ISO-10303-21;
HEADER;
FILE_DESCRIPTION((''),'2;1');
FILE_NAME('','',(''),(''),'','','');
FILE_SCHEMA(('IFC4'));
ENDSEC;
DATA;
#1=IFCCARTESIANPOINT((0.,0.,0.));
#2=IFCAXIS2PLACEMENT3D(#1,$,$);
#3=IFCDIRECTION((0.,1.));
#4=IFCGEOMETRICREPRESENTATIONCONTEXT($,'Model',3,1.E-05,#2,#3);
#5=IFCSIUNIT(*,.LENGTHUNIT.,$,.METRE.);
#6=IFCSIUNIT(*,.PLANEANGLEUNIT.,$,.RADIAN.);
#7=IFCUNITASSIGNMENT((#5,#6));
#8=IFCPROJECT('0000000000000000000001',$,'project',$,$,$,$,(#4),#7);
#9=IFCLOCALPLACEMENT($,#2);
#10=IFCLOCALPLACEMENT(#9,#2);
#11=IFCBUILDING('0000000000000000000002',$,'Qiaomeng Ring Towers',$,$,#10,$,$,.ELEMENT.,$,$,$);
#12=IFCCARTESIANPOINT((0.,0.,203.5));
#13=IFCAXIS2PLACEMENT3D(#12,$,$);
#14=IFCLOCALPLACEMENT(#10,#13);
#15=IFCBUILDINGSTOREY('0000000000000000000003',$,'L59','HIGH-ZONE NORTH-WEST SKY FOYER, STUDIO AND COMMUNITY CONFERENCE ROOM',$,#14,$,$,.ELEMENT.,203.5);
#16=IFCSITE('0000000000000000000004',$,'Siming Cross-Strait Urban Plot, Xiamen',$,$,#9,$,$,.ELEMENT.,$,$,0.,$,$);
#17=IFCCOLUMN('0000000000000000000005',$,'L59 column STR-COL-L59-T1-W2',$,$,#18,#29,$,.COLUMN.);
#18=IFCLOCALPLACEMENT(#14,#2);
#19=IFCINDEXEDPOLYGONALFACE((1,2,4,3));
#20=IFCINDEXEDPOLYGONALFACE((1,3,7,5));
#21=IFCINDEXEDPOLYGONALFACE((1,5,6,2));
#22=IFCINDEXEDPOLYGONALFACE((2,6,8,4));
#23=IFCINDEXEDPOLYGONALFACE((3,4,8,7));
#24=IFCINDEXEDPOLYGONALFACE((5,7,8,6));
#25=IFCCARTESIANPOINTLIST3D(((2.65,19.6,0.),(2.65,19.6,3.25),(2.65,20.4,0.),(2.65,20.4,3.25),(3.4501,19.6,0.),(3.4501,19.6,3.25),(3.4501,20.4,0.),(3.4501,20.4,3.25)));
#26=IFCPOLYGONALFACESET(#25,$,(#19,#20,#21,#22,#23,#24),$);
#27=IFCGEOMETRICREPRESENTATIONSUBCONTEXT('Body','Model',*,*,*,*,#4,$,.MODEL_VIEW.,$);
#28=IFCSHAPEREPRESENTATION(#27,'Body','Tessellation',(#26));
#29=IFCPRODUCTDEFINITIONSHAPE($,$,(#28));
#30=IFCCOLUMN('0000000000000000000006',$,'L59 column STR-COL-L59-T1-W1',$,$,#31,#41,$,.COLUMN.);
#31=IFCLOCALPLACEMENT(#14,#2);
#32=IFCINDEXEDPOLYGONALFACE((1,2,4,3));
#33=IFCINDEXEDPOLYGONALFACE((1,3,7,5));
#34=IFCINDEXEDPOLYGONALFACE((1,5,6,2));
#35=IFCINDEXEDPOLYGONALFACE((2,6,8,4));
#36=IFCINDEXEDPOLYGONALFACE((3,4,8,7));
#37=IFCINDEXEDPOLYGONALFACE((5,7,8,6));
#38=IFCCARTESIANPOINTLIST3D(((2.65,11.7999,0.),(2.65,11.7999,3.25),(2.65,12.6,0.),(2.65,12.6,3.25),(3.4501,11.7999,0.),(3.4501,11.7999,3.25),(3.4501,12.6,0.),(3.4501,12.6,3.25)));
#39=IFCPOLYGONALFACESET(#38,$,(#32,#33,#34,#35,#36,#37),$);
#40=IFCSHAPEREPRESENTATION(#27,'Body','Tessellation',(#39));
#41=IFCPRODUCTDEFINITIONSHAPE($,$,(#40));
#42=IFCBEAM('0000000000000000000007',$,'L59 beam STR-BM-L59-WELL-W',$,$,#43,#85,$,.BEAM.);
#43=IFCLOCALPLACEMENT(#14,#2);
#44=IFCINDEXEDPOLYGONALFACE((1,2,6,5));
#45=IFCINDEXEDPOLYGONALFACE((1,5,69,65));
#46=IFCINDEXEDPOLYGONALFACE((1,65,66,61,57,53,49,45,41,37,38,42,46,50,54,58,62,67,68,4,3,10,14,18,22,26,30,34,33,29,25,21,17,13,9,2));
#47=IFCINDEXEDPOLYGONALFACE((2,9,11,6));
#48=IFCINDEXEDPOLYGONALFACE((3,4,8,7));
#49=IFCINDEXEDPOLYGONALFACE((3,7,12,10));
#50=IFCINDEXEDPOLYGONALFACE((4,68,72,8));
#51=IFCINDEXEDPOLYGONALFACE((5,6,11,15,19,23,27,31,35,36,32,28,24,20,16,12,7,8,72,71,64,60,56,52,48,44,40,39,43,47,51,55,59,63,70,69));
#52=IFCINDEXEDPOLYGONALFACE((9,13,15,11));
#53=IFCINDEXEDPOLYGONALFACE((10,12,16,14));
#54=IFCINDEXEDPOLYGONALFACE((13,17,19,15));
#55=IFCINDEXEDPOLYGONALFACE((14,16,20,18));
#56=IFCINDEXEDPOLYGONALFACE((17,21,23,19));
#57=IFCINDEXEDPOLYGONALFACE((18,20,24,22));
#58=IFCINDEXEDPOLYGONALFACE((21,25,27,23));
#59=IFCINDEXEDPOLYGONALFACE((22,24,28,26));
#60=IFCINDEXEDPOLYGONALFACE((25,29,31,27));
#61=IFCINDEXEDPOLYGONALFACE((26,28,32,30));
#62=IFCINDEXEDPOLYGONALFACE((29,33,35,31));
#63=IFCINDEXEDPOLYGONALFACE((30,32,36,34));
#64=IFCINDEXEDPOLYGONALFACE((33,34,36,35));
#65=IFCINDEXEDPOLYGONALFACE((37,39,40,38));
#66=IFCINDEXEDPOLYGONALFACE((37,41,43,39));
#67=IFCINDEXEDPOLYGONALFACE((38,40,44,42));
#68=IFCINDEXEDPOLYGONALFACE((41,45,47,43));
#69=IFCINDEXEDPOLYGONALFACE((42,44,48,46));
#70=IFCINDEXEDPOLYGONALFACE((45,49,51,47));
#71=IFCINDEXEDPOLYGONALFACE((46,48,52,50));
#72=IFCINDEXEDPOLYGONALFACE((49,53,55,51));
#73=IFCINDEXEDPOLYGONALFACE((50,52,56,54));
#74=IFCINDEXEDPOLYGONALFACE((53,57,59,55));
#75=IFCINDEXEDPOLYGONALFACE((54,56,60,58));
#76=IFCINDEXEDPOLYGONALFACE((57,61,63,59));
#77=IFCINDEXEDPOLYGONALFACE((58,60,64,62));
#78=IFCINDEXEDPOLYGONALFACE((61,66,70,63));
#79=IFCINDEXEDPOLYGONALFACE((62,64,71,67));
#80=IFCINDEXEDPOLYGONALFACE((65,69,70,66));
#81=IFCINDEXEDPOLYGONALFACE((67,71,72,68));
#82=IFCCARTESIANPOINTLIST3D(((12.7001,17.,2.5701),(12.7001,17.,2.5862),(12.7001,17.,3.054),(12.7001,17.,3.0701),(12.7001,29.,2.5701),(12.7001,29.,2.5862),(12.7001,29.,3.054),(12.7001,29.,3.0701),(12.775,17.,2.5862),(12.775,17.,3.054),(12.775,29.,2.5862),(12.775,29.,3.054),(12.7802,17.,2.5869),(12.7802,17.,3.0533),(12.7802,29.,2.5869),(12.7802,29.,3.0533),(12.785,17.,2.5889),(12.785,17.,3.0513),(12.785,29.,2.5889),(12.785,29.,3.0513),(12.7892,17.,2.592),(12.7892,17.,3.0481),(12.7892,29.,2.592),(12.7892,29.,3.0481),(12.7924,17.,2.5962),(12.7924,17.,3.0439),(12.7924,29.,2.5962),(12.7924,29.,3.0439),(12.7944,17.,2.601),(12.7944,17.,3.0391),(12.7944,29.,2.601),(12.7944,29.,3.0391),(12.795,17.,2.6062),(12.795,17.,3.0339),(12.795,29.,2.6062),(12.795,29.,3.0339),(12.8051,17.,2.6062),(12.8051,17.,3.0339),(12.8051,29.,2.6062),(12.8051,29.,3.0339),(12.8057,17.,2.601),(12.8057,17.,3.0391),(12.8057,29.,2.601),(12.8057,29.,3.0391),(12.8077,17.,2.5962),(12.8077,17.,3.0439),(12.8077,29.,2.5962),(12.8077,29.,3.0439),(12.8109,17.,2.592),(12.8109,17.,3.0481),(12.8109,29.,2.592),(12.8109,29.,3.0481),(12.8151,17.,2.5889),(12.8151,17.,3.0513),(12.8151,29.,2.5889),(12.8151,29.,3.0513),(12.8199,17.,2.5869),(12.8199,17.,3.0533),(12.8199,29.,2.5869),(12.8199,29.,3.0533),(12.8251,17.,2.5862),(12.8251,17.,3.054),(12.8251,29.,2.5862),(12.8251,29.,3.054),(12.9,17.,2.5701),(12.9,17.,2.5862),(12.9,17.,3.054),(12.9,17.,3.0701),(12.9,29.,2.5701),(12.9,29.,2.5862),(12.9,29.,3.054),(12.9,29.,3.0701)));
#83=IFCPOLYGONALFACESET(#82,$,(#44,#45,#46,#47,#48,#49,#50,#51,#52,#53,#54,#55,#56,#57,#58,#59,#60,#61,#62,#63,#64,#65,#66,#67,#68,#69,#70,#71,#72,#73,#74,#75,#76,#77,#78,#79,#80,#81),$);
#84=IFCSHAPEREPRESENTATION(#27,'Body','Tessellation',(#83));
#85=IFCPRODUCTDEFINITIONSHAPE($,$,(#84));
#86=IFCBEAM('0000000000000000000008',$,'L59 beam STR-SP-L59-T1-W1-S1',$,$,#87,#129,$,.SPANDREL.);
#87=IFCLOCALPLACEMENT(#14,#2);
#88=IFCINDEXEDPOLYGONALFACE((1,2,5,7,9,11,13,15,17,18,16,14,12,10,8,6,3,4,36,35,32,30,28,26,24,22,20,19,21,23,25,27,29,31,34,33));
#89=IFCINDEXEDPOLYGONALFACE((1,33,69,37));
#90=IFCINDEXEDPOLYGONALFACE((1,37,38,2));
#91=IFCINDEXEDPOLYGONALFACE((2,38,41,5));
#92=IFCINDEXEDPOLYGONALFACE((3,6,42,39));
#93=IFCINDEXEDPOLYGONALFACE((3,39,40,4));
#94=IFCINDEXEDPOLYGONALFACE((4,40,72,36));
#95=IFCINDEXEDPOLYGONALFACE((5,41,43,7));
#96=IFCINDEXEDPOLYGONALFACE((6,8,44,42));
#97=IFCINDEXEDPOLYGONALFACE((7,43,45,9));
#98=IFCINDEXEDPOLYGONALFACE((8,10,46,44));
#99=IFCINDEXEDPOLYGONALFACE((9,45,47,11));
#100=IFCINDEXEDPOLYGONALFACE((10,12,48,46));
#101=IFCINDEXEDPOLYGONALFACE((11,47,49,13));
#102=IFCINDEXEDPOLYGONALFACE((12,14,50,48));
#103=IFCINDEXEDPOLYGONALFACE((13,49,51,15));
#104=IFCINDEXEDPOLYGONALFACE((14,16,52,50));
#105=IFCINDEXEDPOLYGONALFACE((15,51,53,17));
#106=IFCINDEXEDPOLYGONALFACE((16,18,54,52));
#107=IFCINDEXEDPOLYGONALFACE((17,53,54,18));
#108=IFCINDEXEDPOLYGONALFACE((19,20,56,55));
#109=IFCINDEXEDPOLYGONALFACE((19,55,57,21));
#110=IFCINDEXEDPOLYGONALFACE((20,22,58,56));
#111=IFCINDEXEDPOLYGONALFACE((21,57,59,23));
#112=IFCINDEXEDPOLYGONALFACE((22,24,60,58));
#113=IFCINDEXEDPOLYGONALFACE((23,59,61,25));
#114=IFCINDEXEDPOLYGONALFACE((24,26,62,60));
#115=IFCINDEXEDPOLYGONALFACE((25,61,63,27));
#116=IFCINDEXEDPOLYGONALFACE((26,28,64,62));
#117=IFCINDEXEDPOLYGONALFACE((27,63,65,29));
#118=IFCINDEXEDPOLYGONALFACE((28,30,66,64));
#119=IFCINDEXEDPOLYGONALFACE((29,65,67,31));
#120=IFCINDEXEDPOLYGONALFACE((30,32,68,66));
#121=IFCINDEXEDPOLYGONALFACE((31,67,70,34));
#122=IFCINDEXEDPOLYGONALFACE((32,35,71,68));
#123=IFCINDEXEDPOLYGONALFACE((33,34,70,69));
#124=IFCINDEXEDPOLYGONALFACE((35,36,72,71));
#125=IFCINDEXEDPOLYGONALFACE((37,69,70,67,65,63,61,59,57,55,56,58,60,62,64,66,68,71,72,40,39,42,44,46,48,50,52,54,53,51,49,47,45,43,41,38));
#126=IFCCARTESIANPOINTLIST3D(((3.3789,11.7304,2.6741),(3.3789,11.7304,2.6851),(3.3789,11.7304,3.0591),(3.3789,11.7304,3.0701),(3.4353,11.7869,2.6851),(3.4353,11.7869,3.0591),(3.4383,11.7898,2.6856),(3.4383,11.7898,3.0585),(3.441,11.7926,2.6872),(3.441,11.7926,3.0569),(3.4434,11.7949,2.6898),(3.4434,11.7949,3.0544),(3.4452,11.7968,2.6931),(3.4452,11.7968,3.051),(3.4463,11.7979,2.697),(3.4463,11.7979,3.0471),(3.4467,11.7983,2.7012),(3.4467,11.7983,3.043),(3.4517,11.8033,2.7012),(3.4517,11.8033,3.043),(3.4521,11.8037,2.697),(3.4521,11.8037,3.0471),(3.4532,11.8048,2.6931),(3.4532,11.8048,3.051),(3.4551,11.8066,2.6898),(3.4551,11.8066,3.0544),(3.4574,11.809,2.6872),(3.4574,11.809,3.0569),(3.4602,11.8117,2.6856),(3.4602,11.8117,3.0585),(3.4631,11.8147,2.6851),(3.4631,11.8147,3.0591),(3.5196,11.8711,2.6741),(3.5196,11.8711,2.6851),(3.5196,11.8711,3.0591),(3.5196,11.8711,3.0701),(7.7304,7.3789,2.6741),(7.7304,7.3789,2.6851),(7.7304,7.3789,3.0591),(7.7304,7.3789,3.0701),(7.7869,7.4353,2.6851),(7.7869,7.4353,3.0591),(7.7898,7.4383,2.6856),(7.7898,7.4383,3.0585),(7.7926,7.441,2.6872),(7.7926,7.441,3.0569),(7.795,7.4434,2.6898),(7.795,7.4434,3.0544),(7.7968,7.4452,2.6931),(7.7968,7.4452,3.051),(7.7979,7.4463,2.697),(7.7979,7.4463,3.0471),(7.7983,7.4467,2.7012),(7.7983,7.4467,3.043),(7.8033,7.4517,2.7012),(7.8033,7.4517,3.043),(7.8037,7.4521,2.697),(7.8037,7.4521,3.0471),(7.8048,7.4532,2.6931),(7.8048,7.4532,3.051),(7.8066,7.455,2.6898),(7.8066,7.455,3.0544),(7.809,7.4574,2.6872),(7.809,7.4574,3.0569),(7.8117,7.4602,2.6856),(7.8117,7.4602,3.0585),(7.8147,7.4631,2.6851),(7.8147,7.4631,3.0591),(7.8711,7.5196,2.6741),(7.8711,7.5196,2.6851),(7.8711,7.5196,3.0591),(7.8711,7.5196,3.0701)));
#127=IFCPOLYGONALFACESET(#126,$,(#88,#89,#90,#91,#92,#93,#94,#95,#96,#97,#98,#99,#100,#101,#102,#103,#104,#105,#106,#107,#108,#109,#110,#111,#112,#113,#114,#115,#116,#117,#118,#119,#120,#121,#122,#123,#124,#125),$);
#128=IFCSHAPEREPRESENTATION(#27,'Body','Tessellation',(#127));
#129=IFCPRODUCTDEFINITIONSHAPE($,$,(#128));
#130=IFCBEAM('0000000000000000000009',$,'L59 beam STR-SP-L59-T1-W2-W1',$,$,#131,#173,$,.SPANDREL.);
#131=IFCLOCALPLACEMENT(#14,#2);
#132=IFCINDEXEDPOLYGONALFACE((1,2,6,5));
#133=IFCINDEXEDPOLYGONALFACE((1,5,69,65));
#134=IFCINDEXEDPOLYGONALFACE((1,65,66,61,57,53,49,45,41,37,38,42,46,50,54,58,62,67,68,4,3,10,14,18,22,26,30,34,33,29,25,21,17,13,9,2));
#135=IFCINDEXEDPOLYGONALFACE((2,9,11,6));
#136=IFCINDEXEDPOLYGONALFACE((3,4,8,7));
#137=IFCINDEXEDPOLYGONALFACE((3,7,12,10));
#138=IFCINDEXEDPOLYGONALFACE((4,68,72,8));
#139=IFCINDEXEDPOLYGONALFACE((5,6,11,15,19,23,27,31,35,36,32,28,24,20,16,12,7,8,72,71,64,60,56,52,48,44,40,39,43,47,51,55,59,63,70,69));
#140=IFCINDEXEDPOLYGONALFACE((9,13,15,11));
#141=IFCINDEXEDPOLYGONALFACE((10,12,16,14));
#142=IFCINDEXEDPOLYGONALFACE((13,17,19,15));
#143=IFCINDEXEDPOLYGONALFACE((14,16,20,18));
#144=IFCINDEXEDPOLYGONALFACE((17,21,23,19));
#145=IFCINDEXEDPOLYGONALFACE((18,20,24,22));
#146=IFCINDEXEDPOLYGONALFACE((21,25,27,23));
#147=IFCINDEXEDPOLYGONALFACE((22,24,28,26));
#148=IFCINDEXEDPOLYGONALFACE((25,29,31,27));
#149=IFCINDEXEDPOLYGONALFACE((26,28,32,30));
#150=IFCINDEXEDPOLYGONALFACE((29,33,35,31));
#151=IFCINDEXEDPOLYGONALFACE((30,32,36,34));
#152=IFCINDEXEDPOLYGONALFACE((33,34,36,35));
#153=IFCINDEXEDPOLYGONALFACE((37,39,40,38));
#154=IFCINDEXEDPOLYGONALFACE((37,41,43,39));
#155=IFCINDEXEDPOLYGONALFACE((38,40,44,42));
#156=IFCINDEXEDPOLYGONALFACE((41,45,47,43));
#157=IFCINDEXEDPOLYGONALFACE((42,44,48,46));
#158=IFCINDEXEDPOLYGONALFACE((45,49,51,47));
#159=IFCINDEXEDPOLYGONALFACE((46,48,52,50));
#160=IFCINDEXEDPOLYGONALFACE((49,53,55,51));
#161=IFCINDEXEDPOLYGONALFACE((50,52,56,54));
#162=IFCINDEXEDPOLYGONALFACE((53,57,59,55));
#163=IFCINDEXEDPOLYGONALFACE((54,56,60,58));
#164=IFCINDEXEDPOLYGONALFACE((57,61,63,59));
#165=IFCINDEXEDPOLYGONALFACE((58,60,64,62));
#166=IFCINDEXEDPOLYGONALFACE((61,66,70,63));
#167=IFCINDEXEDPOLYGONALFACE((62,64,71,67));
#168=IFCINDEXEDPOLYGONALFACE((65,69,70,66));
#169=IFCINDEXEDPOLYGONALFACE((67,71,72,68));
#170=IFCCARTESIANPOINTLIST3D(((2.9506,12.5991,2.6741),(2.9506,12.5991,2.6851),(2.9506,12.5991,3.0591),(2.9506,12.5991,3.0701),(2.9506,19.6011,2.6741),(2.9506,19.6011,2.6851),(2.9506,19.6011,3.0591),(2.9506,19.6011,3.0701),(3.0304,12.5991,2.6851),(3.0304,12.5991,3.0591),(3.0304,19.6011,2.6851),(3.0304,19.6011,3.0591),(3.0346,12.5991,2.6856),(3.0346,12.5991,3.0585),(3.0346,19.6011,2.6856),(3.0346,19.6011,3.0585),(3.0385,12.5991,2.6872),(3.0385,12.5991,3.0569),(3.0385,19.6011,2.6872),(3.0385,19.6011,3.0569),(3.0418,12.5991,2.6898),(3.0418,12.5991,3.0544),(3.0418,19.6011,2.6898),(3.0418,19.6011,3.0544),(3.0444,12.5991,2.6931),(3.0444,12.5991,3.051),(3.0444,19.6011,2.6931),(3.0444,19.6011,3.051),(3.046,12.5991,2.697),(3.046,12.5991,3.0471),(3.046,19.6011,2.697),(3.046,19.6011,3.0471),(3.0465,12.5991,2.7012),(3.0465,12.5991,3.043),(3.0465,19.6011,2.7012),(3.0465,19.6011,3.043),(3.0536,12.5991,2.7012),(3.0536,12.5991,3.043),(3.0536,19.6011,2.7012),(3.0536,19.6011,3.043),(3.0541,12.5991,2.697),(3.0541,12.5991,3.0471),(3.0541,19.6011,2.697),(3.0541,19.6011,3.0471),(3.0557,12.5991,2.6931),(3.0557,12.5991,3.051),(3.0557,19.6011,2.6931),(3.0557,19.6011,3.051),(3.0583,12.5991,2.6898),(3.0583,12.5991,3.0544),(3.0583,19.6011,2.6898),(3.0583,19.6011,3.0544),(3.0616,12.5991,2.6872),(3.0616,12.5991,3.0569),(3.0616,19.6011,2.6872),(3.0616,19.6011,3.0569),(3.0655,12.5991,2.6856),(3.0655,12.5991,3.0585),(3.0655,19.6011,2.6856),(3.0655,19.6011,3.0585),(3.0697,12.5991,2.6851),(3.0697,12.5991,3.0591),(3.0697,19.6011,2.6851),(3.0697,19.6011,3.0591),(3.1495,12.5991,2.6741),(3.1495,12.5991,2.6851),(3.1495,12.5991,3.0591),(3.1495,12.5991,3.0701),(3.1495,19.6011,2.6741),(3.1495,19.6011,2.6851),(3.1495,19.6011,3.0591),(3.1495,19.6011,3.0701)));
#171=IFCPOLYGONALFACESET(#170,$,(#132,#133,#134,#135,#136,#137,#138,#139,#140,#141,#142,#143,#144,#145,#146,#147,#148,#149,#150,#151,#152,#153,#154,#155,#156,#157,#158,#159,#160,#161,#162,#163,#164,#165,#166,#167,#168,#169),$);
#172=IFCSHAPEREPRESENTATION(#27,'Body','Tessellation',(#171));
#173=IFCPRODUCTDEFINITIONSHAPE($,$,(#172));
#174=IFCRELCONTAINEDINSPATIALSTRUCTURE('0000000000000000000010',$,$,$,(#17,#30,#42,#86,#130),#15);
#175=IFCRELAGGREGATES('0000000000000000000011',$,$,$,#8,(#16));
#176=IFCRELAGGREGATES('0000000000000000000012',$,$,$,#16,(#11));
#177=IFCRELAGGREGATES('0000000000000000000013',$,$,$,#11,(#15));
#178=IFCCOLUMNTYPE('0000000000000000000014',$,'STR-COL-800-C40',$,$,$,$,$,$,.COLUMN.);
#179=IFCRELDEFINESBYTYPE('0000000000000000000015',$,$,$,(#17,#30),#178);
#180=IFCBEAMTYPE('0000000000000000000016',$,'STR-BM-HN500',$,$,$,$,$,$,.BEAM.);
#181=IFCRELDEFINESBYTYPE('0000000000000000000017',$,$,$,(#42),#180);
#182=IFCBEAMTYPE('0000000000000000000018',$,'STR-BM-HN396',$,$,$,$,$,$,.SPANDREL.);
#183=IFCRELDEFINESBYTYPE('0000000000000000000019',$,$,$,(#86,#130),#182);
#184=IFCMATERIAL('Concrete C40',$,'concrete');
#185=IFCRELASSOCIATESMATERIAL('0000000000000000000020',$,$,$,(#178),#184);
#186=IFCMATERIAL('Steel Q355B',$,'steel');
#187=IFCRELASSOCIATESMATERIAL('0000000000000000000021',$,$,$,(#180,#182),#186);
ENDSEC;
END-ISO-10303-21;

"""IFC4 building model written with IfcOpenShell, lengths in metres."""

from ifc_helpers import new_model, si_unit, direction, frame, origin, origin_2d, place, context, subcontext, project, spatial, rectangle, i_section, extrude, source, transform, mapped, material, material_profile, profile_set, type_object, element, save


model = new_model("IFC4")

# Units and contexts
model_context = context("Model", 3, precision=1e-05, world=origin(), true_north=direction((0.0, 1.0)))
body_context = subcontext(model_context, "Body", "Model", "MODEL_VIEW")
ifc_project = project(units=[si_unit("LENGTHUNIT", "METRE"), si_unit("PLANEANGLEUNIT", "RADIAN")], contexts=[model_context])

# Site, building, storey
site_placement = place(None, origin())
site = spatial("IfcSite", under=ifc_project, at=site_placement, Name="Siming Cross-Strait Urban Plot, Xiamen", CompositionType="ELEMENT", RefElevation=0.0)
building_placement = place(site_placement, origin())
building = spatial("IfcBuilding", under=site, at=building_placement, Name="Qiaomeng Ring Towers", CompositionType="ELEMENT")
storey_placement = place(building_placement, frame((0.0, 0.0, 203.5)))
storey = spatial("IfcBuildingStorey", under=building, at=storey_placement, Name="L59", Description="HIGH-ZONE NORTH-WEST SKY FOYER, STUDIO AND COMMUNITY CONFERENCE ROOM", CompositionType="ELEMENT", Elevation=203.5)

# Columns
ifc_material_1 = material(Name="Concrete C40", Category="concrete")
ifc_material_profile_1 = material_profile(ifc_material_1, rectangle(XDim=0.8, YDim=0.8, at=origin_2d()), Name="RC COL 800x800")
ifc_profile_set_1 = profile_set([ifc_material_profile_1], Name="Concrete C40")
column_type = type_object("IfcColumnType", Name="STR-COL-800-C40", PredefinedType="COLUMN", material=ifc_profile_set_1)
shared_shape_1 = source(origin(), body_context, "Body", "SweptSolid", [
    extrude(rectangle(XDim=0.8, YDim=0.8, at=origin_2d()), origin(), (0.0, 0.0, 1.0), 3.25),
])
for number, where, z_axis, x_axis, name in (
    (1, (3.05, 20.0, 0.0), (0.0, 0.0, 1.0), (1.0, 0.0, 0.0), "L59 column STR-COL-L59-T1-W2"),
    (2, (3.05, 12.2, 0.0), (0.0, 0.0, 1.0), (1.0, 0.0, 0.0), "L59 column STR-COL-L59-T1-W1"),
):
    element("IfcColumn", number, at=place(storey_placement, frame(where, z_axis=z_axis, x_axis=x_axis)), inside=storey, type_object=column_type, Name=name, PredefinedType="COLUMN", context=body_context, shape_type="MappedRepresentation", body=[
        mapped(shared_shape_1, transform((0.0, 0.0, 0.0), x_axis=(1.0, 0.0, 0.0), y_axis=(0.0, 1.0, 0.0), z_axis=(0.0, 0.0, 1.0), scale=1.0)),
    ])

# Beams
ifc_material_2 = material(Name="Steel Q355B", Category="steel")
ifc_material_profile_2 = material_profile(ifc_material_2, i_section(OverallWidth=0.2, OverallDepth=0.5, WebThickness=0.01, FlangeThickness=0.0161, FilletRadius=0.02, at=origin_2d()), Name="HN 500x200x10x16")
ifc_profile_set_2 = profile_set([ifc_material_profile_2], Name="Steel Q355B")
beam_type_1 = type_object("IfcBeamType", Name="STR-BM-HN500", PredefinedType="BEAM", material=ifc_profile_set_2)
shared_shape_2 = source(origin(), body_context, "Body", "SweptSolid", [
    extrude(i_section(OverallWidth=0.2, OverallDepth=0.5, WebThickness=0.01, FlangeThickness=0.0161, FilletRadius=0.02, at=origin_2d()), origin(), (0.0, 0.0, 1.0), 12.0),
])
beam_1_placement = place(storey_placement, frame((12.8, 17.0, 2.8201), z_axis=(0.0, 1.0, 0.0), x_axis=(-1.0, 0.0, 0.0)))
element("IfcBeam", 3, at=beam_1_placement, inside=storey, type_object=beam_type_1, Name="L59 beam STR-BM-L59-WELL-W", PredefinedType="BEAM", context=body_context, shape_type="MappedRepresentation", body=[
    mapped(shared_shape_2, transform((0.0, 0.0, 0.0), x_axis=(1.0, 0.0, 0.0), y_axis=(0.0, 1.0, 0.0), z_axis=(0.0, 0.0, 1.0), scale=1.0)),
])
ifc_material_profile_3 = material_profile(ifc_material_2, i_section(OverallWidth=0.199, OverallDepth=0.396, WebThickness=0.0071, FlangeThickness=0.011, FilletRadius=0.0161, at=origin_2d()), Name="HN 396x199x7x11")
ifc_profile_set_3 = profile_set([ifc_material_profile_3], Name="Steel Q355B")
beam_type_2 = type_object("IfcBeamType", Name="STR-BM-HN396", PredefinedType="SPANDREL", material=ifc_profile_set_3)
shared_shape_3 = source(origin(), body_context, "Body", "SweptSolid", [
    extrude(i_section(OverallWidth=0.199, OverallDepth=0.396, WebThickness=0.0071, FlangeThickness=0.011, FilletRadius=0.0161, at=origin_2d()), origin(), (0.0, 0.0, 1.0), 6.1541),
])
beam_2_placement = place(storey_placement, frame((3.4492, 11.8008, 2.8721), z_axis=(0.707107, -0.707107, 0.0), x_axis=(0.707107, 0.707107, 0.0)))
element("IfcBeam", 4, at=beam_2_placement, inside=storey, type_object=beam_type_2, Name="L59 beam STR-SP-L59-T1-W1-S1", PredefinedType="SPANDREL", context=body_context, shape_type="MappedRepresentation", body=[
    mapped(shared_shape_3, transform((0.0, 0.0, 0.0), x_axis=(1.0, 0.0, 0.0), y_axis=(0.0, 1.0, 0.0), z_axis=(0.0, 0.0, 1.0), scale=1.0)),
])
shared_shape_4 = source(origin(), body_context, "Body", "SweptSolid", [
    extrude(i_section(OverallWidth=0.199, OverallDepth=0.396, WebThickness=0.0071, FlangeThickness=0.011, FilletRadius=0.0161, at=origin_2d()), origin(), (0.0, 0.0, 1.0), 7.002),
])
beam_3_placement = place(storey_placement, frame((3.05, 19.6011, 2.8721), z_axis=(0.0, -1.0, 0.0), x_axis=(1.0, 0.0, 0.0)))
element("IfcBeam", 5, at=beam_3_placement, inside=storey, type_object=beam_type_2, Name="L59 beam STR-SP-L59-T1-W2-W1", PredefinedType="SPANDREL", context=body_context, shape_type="MappedRepresentation", body=[
    mapped(shared_shape_4, transform((0.0, 0.0, 0.0), x_axis=(1.0, 0.0, 0.0), y_axis=(0.0, 1.0, 0.0), z_axis=(0.0, 0.0, 1.0), scale=1.0)),
])

save(model, "model.ifc")
